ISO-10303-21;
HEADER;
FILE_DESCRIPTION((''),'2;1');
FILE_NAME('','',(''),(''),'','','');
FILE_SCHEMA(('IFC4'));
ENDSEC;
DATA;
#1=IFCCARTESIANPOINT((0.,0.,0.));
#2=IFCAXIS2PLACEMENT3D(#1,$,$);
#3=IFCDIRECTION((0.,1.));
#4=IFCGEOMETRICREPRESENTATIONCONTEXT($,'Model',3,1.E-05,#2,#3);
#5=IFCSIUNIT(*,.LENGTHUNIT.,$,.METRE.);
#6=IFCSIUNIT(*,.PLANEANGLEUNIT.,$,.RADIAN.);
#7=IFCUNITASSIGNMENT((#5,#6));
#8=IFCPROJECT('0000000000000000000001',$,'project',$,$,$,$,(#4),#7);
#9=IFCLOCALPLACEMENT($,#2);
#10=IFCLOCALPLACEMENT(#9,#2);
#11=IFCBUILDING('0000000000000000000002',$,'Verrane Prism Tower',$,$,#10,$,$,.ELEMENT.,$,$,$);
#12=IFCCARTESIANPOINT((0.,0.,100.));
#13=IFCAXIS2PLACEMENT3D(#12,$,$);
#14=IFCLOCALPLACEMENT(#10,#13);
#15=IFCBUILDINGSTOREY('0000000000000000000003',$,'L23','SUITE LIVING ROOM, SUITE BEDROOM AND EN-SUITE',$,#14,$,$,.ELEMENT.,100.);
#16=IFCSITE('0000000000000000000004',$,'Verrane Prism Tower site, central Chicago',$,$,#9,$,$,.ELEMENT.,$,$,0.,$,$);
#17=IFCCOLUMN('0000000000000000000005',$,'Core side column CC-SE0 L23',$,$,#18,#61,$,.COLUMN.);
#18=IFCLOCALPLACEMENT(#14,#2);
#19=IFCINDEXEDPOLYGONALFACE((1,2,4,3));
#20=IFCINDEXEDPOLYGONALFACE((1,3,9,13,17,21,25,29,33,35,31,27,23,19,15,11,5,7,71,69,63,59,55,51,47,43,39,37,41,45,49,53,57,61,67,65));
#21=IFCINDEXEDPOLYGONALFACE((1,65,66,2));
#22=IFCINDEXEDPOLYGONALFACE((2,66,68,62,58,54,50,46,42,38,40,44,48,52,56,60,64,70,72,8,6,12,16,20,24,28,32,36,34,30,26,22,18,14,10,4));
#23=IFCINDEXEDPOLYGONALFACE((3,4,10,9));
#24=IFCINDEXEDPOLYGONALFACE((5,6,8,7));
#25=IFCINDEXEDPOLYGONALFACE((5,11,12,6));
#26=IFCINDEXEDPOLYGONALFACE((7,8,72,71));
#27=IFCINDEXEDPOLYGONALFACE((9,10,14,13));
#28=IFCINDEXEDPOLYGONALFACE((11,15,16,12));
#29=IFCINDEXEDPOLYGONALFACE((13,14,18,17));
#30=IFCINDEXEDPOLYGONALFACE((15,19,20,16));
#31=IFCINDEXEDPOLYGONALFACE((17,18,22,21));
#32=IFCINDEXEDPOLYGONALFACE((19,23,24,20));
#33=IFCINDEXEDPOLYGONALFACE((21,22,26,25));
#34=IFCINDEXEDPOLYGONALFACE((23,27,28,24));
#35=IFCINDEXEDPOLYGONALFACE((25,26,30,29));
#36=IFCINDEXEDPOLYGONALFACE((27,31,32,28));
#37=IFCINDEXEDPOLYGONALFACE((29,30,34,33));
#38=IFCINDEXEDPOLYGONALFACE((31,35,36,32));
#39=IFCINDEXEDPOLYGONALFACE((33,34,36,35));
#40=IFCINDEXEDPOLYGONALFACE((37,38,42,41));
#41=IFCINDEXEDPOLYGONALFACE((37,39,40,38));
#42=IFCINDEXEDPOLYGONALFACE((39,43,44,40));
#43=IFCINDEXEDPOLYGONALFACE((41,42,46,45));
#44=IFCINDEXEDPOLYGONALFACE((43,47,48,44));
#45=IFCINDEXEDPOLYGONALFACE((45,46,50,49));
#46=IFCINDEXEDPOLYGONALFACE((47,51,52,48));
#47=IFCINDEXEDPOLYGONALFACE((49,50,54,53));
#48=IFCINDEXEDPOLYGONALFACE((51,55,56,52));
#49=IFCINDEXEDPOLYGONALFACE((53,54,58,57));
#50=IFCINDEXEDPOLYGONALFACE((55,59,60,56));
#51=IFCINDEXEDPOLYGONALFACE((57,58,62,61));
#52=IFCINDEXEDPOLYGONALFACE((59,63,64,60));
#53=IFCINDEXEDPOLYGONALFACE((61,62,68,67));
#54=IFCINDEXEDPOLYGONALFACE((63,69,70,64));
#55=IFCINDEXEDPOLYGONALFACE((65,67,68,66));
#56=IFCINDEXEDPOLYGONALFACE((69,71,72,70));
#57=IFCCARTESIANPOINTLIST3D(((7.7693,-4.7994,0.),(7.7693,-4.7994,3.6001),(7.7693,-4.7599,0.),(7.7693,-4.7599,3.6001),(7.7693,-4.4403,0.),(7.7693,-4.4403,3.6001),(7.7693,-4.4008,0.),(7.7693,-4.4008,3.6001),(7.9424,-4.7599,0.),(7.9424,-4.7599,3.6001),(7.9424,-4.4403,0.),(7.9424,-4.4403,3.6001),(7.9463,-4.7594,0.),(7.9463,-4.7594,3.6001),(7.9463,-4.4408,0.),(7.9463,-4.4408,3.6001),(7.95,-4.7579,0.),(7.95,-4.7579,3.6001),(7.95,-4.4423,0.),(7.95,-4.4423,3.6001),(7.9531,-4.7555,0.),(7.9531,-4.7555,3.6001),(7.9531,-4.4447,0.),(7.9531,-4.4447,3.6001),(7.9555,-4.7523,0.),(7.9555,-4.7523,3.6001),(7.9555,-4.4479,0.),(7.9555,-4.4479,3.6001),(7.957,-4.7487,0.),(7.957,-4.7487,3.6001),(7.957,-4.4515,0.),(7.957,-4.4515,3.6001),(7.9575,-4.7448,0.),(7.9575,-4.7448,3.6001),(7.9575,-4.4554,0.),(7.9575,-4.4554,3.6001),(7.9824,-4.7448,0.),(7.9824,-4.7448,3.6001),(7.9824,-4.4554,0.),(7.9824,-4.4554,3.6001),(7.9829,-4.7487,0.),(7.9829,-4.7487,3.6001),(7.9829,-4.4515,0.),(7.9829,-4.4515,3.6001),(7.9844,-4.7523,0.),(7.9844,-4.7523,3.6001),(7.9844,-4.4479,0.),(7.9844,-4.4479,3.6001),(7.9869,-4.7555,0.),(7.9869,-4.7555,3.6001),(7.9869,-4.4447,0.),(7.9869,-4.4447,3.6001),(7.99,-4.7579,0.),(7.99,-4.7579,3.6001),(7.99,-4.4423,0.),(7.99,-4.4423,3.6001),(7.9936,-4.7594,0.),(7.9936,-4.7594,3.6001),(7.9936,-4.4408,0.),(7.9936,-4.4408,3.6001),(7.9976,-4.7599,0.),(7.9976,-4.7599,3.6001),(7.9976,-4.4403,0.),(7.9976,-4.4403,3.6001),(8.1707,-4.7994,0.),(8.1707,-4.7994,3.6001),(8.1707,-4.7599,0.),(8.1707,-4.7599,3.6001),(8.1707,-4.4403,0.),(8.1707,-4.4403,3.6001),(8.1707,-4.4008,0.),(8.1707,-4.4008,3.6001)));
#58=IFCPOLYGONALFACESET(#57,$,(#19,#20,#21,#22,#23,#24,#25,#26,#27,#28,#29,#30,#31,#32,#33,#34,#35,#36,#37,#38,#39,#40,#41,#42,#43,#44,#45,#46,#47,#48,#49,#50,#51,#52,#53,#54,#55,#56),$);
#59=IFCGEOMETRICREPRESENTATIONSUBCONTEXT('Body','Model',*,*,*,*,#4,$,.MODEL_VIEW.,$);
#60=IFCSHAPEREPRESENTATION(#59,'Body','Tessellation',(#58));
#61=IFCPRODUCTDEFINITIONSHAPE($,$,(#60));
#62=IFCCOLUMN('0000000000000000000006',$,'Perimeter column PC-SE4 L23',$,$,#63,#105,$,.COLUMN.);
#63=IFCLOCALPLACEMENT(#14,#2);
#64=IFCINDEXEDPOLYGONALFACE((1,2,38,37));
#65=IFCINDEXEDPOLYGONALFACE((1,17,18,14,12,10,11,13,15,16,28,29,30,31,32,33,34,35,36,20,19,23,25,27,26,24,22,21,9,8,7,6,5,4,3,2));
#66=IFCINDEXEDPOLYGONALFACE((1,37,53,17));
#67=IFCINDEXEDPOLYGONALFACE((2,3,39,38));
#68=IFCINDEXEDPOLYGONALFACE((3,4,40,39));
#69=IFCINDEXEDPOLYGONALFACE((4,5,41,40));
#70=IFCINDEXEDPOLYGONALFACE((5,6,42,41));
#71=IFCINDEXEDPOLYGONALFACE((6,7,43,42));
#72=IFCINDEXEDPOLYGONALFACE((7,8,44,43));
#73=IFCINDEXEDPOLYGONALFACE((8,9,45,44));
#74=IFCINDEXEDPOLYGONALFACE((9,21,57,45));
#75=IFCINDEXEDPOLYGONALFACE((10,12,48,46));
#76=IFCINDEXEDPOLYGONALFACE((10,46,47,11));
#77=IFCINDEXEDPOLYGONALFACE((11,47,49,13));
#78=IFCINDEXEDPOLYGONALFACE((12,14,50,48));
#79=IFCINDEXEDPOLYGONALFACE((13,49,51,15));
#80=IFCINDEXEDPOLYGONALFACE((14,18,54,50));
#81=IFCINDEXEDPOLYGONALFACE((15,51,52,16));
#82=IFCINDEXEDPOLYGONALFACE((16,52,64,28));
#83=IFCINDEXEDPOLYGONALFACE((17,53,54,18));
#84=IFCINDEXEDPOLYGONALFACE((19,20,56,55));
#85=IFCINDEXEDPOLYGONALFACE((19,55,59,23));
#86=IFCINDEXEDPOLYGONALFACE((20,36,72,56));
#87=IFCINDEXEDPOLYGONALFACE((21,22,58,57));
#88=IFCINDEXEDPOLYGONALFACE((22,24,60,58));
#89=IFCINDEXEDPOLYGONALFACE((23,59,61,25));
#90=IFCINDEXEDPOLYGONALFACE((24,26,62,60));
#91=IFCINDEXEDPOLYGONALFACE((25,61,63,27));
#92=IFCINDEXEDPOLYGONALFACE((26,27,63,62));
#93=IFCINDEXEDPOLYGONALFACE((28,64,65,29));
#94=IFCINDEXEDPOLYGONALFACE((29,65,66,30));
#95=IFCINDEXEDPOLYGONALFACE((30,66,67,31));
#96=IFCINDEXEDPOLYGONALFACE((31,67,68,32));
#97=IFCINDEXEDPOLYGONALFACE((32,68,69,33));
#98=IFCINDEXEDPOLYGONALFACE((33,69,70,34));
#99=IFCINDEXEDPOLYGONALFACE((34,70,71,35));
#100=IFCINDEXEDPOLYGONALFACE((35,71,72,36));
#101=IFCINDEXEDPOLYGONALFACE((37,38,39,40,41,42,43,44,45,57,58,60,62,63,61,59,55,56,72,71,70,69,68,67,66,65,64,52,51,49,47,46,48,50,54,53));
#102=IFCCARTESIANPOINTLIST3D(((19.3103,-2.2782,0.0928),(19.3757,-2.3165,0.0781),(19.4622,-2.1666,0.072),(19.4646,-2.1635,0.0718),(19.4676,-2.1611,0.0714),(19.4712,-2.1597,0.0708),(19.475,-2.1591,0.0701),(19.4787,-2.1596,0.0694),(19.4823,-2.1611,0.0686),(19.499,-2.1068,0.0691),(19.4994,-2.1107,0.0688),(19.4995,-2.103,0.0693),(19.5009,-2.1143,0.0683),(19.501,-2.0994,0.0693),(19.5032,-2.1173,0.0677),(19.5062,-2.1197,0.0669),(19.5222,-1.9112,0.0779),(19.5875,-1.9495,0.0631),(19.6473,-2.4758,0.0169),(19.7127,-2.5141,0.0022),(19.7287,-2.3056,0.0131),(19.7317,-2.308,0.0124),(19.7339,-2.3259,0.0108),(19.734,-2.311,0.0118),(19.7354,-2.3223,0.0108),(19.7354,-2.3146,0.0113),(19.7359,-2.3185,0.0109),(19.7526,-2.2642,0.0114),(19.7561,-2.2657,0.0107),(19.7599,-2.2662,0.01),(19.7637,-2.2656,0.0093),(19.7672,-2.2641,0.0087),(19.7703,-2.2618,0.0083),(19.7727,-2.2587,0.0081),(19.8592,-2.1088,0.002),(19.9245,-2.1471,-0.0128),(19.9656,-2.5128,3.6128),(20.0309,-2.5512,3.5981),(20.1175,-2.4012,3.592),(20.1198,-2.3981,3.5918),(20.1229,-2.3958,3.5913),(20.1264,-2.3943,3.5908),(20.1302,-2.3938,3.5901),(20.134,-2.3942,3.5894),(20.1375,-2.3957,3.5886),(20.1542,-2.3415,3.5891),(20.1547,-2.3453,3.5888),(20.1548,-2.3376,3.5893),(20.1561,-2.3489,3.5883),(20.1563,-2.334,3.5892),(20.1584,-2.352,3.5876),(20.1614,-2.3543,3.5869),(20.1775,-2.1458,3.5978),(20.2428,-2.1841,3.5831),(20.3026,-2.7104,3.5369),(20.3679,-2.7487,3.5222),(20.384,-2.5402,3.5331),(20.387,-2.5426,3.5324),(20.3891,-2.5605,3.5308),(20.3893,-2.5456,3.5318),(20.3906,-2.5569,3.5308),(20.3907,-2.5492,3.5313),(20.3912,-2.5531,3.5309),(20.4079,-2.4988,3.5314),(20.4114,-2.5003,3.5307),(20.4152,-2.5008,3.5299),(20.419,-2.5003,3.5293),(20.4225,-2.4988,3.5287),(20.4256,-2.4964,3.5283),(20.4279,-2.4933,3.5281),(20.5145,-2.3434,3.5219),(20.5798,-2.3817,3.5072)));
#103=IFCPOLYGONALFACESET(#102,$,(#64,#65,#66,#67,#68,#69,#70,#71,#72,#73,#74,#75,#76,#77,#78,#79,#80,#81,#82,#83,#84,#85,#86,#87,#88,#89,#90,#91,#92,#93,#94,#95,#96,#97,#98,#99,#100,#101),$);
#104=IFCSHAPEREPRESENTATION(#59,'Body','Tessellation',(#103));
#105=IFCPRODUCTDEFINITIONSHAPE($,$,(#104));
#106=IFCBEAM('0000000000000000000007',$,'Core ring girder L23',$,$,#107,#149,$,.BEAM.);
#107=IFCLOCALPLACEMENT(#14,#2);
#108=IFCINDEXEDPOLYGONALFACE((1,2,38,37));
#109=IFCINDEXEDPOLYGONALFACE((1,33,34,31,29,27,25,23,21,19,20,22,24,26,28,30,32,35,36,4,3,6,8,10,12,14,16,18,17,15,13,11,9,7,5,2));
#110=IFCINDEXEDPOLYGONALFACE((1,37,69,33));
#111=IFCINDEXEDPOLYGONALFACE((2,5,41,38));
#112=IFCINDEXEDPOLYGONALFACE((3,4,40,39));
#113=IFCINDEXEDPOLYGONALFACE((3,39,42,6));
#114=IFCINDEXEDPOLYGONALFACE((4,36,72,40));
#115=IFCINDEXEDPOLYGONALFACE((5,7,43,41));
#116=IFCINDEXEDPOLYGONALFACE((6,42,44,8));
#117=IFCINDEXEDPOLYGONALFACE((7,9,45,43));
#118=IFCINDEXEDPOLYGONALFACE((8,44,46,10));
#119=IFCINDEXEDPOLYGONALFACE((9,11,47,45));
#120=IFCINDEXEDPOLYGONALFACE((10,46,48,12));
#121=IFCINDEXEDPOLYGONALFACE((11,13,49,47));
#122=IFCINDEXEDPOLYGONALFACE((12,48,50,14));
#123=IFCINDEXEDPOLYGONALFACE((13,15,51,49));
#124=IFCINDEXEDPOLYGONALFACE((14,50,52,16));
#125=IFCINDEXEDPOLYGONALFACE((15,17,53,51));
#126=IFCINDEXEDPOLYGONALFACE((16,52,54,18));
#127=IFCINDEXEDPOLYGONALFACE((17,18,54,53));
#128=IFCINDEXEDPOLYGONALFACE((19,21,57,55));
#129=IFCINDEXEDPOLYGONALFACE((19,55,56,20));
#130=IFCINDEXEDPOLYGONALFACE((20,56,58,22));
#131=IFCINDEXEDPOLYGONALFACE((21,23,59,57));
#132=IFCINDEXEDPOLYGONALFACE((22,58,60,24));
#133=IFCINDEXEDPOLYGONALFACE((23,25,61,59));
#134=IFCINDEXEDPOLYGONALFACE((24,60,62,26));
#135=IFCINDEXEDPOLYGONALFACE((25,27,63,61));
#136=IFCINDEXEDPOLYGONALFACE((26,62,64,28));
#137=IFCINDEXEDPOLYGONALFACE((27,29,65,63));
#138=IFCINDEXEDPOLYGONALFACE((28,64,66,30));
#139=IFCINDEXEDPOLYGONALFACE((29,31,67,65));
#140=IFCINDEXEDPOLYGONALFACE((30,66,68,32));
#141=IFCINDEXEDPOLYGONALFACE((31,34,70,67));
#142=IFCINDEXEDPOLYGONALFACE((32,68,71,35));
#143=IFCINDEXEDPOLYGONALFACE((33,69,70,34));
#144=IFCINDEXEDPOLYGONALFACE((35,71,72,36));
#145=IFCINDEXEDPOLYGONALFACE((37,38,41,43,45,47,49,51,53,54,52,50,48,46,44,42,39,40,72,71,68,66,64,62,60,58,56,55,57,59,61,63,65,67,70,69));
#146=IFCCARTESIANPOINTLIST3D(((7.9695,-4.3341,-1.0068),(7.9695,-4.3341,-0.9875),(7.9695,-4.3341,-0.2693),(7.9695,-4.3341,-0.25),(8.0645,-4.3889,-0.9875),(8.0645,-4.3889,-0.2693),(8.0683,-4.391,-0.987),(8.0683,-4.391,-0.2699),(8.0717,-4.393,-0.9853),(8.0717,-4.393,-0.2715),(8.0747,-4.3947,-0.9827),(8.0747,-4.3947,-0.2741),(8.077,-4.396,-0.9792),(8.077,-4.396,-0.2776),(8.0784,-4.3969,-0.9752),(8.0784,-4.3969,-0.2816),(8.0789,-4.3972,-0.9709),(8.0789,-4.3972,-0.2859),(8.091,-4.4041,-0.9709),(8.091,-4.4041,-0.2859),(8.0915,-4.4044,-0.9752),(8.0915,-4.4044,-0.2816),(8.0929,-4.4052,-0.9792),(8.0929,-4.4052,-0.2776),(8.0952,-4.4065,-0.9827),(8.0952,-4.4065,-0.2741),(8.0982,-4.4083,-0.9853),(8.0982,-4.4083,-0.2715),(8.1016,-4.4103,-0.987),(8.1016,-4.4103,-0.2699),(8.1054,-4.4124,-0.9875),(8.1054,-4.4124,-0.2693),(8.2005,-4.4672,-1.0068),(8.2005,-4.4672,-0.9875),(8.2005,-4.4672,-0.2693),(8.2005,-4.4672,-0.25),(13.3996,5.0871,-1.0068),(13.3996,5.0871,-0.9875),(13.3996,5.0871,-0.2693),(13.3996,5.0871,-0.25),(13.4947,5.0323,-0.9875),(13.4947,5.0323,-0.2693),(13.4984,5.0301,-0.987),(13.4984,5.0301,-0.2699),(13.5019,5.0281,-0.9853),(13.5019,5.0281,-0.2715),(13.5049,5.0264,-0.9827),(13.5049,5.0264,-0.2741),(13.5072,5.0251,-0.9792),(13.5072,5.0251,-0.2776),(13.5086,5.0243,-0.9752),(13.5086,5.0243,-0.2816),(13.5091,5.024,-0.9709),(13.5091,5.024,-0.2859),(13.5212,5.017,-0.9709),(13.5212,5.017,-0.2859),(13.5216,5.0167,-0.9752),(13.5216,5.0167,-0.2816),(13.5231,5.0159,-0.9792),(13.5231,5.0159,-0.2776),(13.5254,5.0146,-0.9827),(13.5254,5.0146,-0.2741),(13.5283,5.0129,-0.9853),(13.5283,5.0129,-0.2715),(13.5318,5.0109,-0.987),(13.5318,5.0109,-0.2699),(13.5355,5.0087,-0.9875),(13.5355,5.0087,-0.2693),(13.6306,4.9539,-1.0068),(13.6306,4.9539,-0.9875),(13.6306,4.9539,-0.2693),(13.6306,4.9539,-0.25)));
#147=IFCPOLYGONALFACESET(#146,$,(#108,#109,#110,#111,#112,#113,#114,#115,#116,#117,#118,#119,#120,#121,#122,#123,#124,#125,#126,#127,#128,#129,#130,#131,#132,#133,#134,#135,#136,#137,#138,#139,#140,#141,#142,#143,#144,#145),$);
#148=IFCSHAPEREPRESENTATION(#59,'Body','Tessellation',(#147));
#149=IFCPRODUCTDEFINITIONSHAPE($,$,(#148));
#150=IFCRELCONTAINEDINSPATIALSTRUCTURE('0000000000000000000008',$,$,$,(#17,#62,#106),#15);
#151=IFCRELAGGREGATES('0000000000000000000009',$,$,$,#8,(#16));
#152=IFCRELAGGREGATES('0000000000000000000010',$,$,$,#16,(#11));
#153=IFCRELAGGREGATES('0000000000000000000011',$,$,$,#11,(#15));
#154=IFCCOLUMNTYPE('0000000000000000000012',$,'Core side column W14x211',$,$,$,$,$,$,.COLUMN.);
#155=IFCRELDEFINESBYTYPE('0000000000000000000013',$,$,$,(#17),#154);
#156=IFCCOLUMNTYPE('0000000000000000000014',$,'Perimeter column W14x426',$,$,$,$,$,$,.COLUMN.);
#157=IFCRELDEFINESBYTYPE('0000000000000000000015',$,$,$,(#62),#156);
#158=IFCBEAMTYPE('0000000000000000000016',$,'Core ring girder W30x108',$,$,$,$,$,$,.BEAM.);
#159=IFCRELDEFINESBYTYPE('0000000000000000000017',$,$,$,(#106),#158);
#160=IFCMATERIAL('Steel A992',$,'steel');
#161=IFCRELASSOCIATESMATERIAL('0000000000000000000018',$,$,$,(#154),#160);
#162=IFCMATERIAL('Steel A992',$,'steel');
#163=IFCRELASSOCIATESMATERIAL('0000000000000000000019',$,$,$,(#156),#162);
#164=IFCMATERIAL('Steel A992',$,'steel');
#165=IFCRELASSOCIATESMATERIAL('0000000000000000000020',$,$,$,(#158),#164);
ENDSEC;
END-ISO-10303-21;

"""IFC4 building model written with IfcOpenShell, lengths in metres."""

from ifc_helpers import new_model, si_unit, direction, frame, origin, origin_2d, place, context, subcontext, project, spatial, i_section, extrude, material, material_profile, profile_set, type_object, element, save


model = new_model("IFC4")

# Units and contexts
model_context = context("Model", 3, precision=1e-05, world=origin(), true_north=direction((0.0, 1.0)))
body_context = subcontext(model_context, "Body", "Model", "MODEL_VIEW")
ifc_project = project(units=[si_unit("LENGTHUNIT", "METRE"), si_unit("PLANEANGLEUNIT", "RADIAN")], contexts=[model_context])

# Site, building, storey
site_placement = place(None, origin())
site = spatial("IfcSite", under=ifc_project, at=site_placement, Name="Verrane Prism Tower site, central Chicago", CompositionType="ELEMENT", RefElevation=0.0)
building_placement = place(site_placement, origin())
building = spatial("IfcBuilding", under=site, at=building_placement, Name="Verrane Prism Tower", CompositionType="ELEMENT")
storey_placement = place(building_placement, frame((0.0, 0.0, 100.0)))
storey = spatial("IfcBuildingStorey", under=building, at=storey_placement, Name="L23", Description="SUITE LIVING ROOM, SUITE BEDROOM AND EN-SUITE", CompositionType="ELEMENT", Elevation=100.0)

# Columns
ifc_material_1 = material(Name="Steel A992", Category="steel")
ifc_material_profile_1 = material_profile(ifc_material_1, i_section(OverallWidth=0.4014, OverallDepth=0.3987, WebThickness=0.0249, FlangeThickness=0.0396, FilletRadius=0.0151, at=origin_2d()), Name="W14x211")
ifc_profile_set_1 = profile_set([ifc_material_profile_1], Name="Steel A992")
column_type_1 = type_object("IfcColumnType", Name="Core side column W14x211", PredefinedType="COLUMN", material=ifc_profile_set_1)
column_1_placement = place(storey_placement, frame((7.97, -4.6001, 0.0), z_axis=(0.0, 0.0, 1.0), x_axis=(1.0, 0.0, 0.0)))
element("IfcColumn", 1, at=column_1_placement, inside=storey, type_object=column_type_1, Name="Core side column CC-SE0 L23", PredefinedType="COLUMN", context=body_context, shape_type="SweptSolid", body=[
    extrude(i_section(OverallWidth=0.4014, OverallDepth=0.3987, WebThickness=0.0249, FlangeThickness=0.0396, FilletRadius=0.0151, at=origin_2d()), origin(), (0.0, 0.0, 1.0), 3.6001),
])
ifc_material_2 = material(Name="Steel A992", Category="steel")
ifc_material_profile_2 = material_profile(ifc_material_2, i_section(OverallWidth=0.4241, OverallDepth=0.4751, WebThickness=0.0479, FlangeThickness=0.0771, FilletRadius=0.0149, at=origin_2d()), Name="W14x426")
ifc_profile_set_2 = profile_set([ifc_material_profile_2], Name="Steel A992")
column_type_2 = type_object("IfcColumnType", Name="Perimeter column W14x426", PredefinedType="COLUMN", material=ifc_profile_set_2)
column_2_placement = place(storey_placement, frame((19.6174, -2.2126, 0.04), z_axis=(0.18262, -0.065387, 0.981007), x_axis=(-0.499563, -0.865558, 0.035305)))
element("IfcColumn", 2, at=column_2_placement, inside=storey, type_object=column_type_2, Name="Perimeter column PC-SE4 L23", PredefinedType="COLUMN", context=body_context, shape_type="SweptSolid", body=[
    extrude(i_section(OverallWidth=0.4241, OverallDepth=0.4751, WebThickness=0.0479, FlangeThickness=0.0771, FilletRadius=0.0149, at=origin_2d()), origin(), (0.0, 0.0, 1.0), 3.5881),
])

# Beam
ifc_material_3 = material(Name="Steel A992", Category="steel")
ifc_material_profile_3 = material_profile(ifc_material_3, i_section(OverallWidth=0.2666, OverallDepth=0.7568, WebThickness=0.0139, FlangeThickness=0.0193, FilletRadius=0.0166, at=origin_2d()), Name="W30x108")
ifc_profile_set_3 = profile_set([ifc_material_profile_3], Name="Steel A992")
beam_type_1 = type_object("IfcBeamType", Name="Core ring girder W30x108", PredefinedType="BEAM", material=ifc_profile_set_3)
beam_1_placement = place(storey_placement, frame((8.085, -4.4006, -0.6284), z_axis=(0.499371, 0.866388, 0.0), x_axis=(-0.866388, 0.499371, 0.0)))
element("IfcBeam", 3, at=beam_1_placement, inside=storey, type_object=beam_type_1, Name="Core ring girder L23", PredefinedType="BEAM", context=body_context, shape_type="SweptSolid", body=[
    extrude(i_section(OverallWidth=0.2666, OverallDepth=0.7568, WebThickness=0.0139, FlangeThickness=0.0193, FilletRadius=0.0166, at=origin_2d()), origin(), (0.0, 0.0, 1.0), 10.874),
])

save(model, "model.ifc")
